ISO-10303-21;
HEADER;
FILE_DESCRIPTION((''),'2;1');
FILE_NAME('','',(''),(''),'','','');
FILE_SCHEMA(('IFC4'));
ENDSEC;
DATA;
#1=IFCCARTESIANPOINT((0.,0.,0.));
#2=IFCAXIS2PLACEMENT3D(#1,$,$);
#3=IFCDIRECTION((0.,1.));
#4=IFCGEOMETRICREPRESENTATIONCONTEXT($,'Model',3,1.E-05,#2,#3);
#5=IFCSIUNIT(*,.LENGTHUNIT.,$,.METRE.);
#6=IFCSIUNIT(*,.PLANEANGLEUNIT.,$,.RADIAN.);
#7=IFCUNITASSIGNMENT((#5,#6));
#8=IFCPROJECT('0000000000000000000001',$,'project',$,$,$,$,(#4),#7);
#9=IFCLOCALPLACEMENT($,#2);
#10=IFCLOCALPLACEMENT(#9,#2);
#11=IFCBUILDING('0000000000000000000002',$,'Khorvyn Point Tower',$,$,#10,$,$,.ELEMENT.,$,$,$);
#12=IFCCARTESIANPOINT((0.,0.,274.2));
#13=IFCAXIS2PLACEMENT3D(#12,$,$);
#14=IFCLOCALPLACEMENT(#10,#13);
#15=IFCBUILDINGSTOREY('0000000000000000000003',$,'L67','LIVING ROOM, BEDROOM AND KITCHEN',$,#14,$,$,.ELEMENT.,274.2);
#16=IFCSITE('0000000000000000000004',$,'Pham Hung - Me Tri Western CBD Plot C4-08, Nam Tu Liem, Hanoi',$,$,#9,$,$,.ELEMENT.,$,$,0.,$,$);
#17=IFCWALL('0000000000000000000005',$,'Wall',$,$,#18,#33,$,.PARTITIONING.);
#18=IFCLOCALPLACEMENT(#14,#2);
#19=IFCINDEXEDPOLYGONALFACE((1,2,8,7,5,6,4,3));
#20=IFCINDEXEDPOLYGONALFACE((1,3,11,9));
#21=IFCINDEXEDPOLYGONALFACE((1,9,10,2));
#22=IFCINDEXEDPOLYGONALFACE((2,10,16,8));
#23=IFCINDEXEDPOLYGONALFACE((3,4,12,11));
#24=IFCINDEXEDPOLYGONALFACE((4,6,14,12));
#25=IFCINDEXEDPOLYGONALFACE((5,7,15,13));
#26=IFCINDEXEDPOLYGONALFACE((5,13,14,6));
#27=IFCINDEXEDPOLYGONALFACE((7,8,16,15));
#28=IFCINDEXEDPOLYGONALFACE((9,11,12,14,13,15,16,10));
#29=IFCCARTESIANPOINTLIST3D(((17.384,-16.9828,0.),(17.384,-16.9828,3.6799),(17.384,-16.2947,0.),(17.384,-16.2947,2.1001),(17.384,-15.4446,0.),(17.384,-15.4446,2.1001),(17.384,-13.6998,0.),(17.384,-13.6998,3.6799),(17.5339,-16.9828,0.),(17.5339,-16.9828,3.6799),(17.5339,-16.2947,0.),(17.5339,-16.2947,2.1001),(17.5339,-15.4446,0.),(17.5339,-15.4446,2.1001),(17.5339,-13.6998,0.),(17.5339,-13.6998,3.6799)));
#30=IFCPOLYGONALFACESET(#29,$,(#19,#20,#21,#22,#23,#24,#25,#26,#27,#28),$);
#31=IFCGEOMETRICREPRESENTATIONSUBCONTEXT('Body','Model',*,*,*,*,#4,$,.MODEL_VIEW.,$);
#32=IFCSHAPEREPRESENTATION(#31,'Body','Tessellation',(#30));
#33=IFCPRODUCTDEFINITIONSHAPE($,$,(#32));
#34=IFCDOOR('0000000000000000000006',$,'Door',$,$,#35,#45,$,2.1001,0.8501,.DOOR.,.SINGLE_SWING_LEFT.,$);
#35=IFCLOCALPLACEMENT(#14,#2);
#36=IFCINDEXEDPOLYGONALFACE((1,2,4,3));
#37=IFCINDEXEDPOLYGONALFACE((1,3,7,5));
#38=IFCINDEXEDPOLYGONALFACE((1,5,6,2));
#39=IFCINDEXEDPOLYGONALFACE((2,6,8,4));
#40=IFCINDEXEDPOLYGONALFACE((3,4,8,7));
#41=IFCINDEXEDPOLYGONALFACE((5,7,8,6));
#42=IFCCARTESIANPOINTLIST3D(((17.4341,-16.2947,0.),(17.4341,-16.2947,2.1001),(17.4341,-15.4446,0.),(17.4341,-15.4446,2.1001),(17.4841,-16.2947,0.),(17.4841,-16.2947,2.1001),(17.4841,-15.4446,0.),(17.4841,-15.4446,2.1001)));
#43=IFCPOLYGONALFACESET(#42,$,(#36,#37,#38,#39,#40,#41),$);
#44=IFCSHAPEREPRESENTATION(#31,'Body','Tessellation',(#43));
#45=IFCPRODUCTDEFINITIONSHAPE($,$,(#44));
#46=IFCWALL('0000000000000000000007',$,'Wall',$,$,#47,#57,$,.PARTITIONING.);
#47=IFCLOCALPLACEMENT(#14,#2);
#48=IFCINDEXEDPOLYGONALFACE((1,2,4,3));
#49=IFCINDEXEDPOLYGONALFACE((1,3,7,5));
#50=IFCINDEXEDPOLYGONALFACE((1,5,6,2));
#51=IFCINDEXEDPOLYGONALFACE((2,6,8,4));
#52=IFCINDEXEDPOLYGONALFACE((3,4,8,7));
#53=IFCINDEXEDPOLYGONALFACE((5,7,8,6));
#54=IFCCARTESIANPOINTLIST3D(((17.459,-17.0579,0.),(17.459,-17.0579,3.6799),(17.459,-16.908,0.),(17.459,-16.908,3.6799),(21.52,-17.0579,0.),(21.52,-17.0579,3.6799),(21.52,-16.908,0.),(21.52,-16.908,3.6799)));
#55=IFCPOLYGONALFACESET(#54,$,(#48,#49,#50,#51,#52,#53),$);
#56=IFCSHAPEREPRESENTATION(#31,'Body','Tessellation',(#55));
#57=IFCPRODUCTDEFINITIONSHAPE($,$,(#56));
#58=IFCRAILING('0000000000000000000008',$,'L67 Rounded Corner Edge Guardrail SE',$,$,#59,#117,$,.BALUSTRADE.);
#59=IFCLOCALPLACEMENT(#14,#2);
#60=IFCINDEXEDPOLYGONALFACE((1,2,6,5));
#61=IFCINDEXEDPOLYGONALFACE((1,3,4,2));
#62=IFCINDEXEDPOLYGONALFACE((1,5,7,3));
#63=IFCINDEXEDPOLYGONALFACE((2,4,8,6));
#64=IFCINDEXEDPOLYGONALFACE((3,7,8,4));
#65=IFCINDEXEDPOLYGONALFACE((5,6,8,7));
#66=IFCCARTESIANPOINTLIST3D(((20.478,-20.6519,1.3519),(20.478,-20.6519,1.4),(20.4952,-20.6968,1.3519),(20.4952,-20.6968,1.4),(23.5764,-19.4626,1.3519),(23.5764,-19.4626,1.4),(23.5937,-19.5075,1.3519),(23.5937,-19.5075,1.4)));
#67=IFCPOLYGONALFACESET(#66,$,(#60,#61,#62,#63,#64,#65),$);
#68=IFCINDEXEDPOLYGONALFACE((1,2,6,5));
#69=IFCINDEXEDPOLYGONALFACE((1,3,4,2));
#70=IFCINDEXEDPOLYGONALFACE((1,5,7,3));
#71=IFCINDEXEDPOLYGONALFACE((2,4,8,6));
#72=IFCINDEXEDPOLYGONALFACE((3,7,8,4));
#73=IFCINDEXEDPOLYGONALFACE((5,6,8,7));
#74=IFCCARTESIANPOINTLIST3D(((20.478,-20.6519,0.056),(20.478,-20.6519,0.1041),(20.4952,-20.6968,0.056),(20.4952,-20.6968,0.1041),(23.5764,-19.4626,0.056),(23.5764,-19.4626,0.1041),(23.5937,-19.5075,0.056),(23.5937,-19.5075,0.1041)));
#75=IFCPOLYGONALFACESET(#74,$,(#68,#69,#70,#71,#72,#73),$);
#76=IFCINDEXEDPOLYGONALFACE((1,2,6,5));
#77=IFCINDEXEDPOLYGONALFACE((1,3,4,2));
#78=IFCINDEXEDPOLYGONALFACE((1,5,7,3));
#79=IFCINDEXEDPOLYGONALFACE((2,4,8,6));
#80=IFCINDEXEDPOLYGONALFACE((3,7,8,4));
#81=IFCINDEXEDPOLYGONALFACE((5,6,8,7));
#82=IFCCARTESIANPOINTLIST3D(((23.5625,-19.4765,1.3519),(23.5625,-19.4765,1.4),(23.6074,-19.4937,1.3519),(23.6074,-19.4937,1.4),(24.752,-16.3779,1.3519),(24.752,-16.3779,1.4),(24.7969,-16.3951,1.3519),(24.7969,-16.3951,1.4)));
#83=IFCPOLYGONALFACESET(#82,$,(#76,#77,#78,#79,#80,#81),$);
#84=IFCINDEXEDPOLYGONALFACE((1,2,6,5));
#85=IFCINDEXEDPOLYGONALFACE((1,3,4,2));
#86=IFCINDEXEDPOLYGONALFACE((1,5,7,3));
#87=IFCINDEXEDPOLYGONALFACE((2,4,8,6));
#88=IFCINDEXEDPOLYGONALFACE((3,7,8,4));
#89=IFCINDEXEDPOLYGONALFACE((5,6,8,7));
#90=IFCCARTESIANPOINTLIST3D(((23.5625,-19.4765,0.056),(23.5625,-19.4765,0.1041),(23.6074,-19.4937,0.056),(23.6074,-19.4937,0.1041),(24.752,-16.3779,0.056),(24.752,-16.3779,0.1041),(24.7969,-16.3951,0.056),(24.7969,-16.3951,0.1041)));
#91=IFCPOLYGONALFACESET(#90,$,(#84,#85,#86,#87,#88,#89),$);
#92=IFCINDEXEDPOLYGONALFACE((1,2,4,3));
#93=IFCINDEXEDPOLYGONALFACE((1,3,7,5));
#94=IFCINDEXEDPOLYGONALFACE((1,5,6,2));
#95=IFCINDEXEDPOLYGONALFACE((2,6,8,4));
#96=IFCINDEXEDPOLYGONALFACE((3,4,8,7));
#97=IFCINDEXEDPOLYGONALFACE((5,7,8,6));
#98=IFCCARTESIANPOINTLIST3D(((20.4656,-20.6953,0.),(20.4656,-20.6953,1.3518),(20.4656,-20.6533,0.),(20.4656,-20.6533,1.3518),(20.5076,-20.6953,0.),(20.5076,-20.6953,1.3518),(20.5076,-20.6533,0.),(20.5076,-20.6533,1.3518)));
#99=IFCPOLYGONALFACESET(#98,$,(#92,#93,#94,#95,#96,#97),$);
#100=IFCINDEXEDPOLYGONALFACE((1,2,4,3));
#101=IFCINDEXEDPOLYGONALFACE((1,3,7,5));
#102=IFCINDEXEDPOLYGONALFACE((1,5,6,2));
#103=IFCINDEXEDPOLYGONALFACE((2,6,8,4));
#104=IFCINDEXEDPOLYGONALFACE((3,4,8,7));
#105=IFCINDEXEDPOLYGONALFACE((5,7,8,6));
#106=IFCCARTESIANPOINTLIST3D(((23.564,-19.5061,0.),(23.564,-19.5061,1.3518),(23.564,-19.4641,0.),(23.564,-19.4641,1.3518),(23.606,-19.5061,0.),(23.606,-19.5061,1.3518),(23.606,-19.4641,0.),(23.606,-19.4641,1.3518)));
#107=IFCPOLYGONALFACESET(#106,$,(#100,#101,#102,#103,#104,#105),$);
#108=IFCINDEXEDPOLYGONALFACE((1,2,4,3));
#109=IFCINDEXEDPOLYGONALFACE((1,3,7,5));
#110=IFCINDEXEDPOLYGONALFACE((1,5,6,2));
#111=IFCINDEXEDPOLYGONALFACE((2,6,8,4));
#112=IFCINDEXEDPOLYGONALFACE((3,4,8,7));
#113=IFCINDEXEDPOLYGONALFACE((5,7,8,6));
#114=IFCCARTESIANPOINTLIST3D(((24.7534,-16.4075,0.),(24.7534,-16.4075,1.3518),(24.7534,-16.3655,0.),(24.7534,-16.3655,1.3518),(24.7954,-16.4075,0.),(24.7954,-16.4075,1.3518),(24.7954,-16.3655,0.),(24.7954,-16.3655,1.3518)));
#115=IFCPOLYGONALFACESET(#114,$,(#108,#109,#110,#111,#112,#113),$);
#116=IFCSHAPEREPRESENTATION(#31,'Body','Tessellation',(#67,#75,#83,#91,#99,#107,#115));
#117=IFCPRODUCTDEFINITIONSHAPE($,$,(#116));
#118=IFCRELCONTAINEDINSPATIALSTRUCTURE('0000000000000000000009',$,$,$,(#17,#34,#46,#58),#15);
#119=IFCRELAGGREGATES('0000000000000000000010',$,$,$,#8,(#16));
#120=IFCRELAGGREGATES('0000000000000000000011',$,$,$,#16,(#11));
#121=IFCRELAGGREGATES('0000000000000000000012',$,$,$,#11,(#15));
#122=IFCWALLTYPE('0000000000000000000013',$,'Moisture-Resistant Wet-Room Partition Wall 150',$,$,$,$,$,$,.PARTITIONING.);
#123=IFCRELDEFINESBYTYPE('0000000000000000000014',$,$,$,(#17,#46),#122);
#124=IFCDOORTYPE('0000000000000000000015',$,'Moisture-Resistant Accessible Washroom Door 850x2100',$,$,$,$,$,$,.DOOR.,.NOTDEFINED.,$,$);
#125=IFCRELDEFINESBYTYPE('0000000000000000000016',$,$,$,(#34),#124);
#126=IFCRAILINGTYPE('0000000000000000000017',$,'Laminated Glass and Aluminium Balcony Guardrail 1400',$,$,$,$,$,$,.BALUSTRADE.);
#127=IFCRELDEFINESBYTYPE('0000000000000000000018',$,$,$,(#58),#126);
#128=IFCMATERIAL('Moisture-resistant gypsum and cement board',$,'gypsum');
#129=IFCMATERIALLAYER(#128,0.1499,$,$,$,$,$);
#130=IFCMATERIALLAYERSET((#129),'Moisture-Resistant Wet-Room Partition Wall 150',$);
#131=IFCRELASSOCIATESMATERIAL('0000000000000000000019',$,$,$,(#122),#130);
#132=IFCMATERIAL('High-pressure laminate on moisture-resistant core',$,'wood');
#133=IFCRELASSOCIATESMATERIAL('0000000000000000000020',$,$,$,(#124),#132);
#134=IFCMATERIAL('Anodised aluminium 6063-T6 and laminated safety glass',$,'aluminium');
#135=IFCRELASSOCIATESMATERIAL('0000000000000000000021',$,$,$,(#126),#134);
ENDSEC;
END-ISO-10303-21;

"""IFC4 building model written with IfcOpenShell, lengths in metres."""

from ifc_helpers import new_model, si_unit, direction, frame, frame_2d, origin, origin_2d, place, context, subcontext, project, spatial, rectangle, extrude, material, layer, layer_set, type_object, element, fill, save


model = new_model("IFC4")

# Units and contexts
model_context = context("Model", 3, precision=1e-05, world=origin(), true_north=direction((0.0, 1.0)))
body_context = subcontext(model_context, "Body", "Model", "MODEL_VIEW")
ifc_project = project(units=[si_unit("LENGTHUNIT", "METRE"), si_unit("PLANEANGLEUNIT", "RADIAN")], contexts=[model_context])

# Site, building, storey
site_placement = place(None, origin())
site = spatial("IfcSite", under=ifc_project, at=site_placement, Name="Pham Hung - Me Tri Western CBD Plot C4-08, Nam Tu Liem, Hanoi", CompositionType="ELEMENT", RefElevation=0.0)
building_placement = place(site_placement, origin())
building = spatial("IfcBuilding", under=site, at=building_placement, Name="Khorvyn Point Tower", CompositionType="ELEMENT")
storey_placement = place(building_placement, frame((0.0, 0.0, 274.2)))
storey = spatial("IfcBuildingStorey", under=building, at=storey_placement, Name="L67", Description="LIVING ROOM, BEDROOM AND KITCHEN", CompositionType="ELEMENT", Elevation=274.2)

# Wall, opening, door
ifc_material_1 = material(Name="Moisture-resistant gypsum and cement board", Category="gypsum")
ifc_layer_1 = layer(ifc_material_1, 0.1499)
ifc_layer_set_1 = layer_set([ifc_layer_1], Name="Moisture-Resistant Wet-Room Partition Wall 150")
wall_type_1 = type_object("IfcWallType", Name="Moisture-Resistant Wet-Room Partition Wall 150", PredefinedType="PARTITIONING", material=ifc_layer_set_1)
wall_1_placement = place(storey_placement, frame((17.459, -16.9829, 0.0), z_axis=(0.0, 0.0, 1.0), x_axis=(0.0, 1.0, 0.0)))
wall_1 = element("IfcWall", 1, at=wall_1_placement, inside=storey, type_object=wall_type_1, Name="Wall", PredefinedType="PARTITIONING", context=body_context, shape_type="SweptSolid", body=[
    extrude(rectangle(XDim=3.283, YDim=0.1499, at=frame_2d((1.6416, 0.0))), origin(), (0.0, 0.0, 1.0), 3.6799),
])
opening_1_placement = place(wall_1_placement, frame((0.6882, 0.0, 0.0)))
opening_1 = element("IfcOpeningElement", 2, at=opening_1_placement, cuts=wall_1, PredefinedType="OPENING", context=body_context, shape_type="SweptSolid", body=[
    extrude(rectangle(XDim=0.8501, YDim=2.1001, at=frame_2d((0.425, 1.05))), frame((0.0, 0.085, 0.0), z_axis=(0.0, -1.0, 0.0), x_axis=(1.0, 0.0, 0.0)), (0.0, 0.0, 1.0), 0.1699),
])
ifc_material_2 = material(Name="High-pressure laminate on moisture-resistant core", Category="wood")
door_type_1 = type_object("IfcDoorType", Name="Moisture-Resistant Accessible Washroom Door 850x2100", OperationType="NOTDEFINED", PredefinedType="DOOR", material=ifc_material_2)
door_1_placement = place(opening_1_placement, origin())
door_1 = element("IfcDoor", 3, at=door_1_placement, inside=storey, type_object=door_type_1, Name="Door", OperationType="SINGLE_SWING_LEFT", OverallHeight=2.1001, OverallWidth=0.8501, PredefinedType="DOOR", context=body_context, shape_type="SweptSolid", body=[
    extrude(rectangle(XDim=0.8501, YDim=2.1001, at=frame_2d((0.425, 1.05))), frame((0.0, 0.0249, 0.0), z_axis=(0.0, -1.0, 0.0), x_axis=(1.0, 0.0, 0.0)), (0.0, 0.0, 1.0), 0.05),
])
fill(opening_1, door_1)

# Wall
wall_2_placement = place(storey_placement, frame((17.459, -16.9829, 0.0), z_axis=(0.0, 0.0, 1.0), x_axis=(1.0, 0.0, 0.0)))
element("IfcWall", 4, at=wall_2_placement, inside=storey, type_object=wall_type_1, Name="Wall", PredefinedType="PARTITIONING", context=body_context, shape_type="SweptSolid", body=[
    extrude(rectangle(XDim=4.061, YDim=0.1499, at=frame_2d((2.0305, 0.0))), origin(), (0.0, 0.0, 1.0), 3.6799),
])

# Railing
ifc_material_3 = material(Name="Anodised aluminium 6063-T6 and laminated safety glass", Category="aluminium")
railing_type = type_object("IfcRailingType", Name="Laminated Glass and Aluminium Balcony Guardrail 1400", PredefinedType="BALUSTRADE", material=ifc_material_3)
railing_placement = place(storey_placement, frame((20.4866, -20.6743, 0.0)))
element("IfcRailing", 5, at=railing_placement, inside=storey, type_object=railing_type, Name="L67 Rounded Corner Edge Guardrail SE", PredefinedType="BALUSTRADE", context=body_context, shape_type="SweptSolid", body=[
    extrude(rectangle(XDim=0.0481, YDim=0.0481, at=origin_2d()), frame((0.0, 0.0, 1.376), z_axis=(0.933596, 0.358328, 0.0), x_axis=(-0.358328, 0.933596, 0.0)), (0.0, 0.0, 1.0), 3.3188),
    extrude(rectangle(XDim=0.0481, YDim=0.0481, at=origin_2d()), frame((0.0, 0.0, 0.0801), z_axis=(0.933596, 0.358328, 0.0), x_axis=(-0.358328, 0.933596, 0.0)), (0.0, 0.0, 1.0), 3.3188),
    extrude(rectangle(XDim=0.0481, YDim=0.0481, at=origin_2d()), frame((3.0984, 1.1892, 1.376), z_axis=(0.358368, 0.93358, 0.0), x_axis=(-0.93358, 0.358368, 0.0)), (0.0, 0.0, 1.0), 3.3191),
    extrude(rectangle(XDim=0.0481, YDim=0.0481, at=origin_2d()), frame((3.0984, 1.1892, 0.0801), z_axis=(0.358368, 0.93358, 0.0), x_axis=(-0.93358, 0.358368, 0.0)), (0.0, 0.0, 1.0), 3.3191),
    extrude(rectangle(XDim=0.042, YDim=0.042, at=origin_2d()), origin(), (0.0, 0.0, 1.0), 1.3518),
    extrude(rectangle(XDim=0.042, YDim=0.042, at=origin_2d()), frame((3.0984, 1.1892, 0.0)), (0.0, 0.0, 1.0), 1.3518),
    extrude(rectangle(XDim=0.042, YDim=0.042, at=origin_2d()), frame((4.2878, 4.2878, 0.0)), (0.0, 0.0, 1.0), 1.3518),
])

save(model, "model.ifc")
